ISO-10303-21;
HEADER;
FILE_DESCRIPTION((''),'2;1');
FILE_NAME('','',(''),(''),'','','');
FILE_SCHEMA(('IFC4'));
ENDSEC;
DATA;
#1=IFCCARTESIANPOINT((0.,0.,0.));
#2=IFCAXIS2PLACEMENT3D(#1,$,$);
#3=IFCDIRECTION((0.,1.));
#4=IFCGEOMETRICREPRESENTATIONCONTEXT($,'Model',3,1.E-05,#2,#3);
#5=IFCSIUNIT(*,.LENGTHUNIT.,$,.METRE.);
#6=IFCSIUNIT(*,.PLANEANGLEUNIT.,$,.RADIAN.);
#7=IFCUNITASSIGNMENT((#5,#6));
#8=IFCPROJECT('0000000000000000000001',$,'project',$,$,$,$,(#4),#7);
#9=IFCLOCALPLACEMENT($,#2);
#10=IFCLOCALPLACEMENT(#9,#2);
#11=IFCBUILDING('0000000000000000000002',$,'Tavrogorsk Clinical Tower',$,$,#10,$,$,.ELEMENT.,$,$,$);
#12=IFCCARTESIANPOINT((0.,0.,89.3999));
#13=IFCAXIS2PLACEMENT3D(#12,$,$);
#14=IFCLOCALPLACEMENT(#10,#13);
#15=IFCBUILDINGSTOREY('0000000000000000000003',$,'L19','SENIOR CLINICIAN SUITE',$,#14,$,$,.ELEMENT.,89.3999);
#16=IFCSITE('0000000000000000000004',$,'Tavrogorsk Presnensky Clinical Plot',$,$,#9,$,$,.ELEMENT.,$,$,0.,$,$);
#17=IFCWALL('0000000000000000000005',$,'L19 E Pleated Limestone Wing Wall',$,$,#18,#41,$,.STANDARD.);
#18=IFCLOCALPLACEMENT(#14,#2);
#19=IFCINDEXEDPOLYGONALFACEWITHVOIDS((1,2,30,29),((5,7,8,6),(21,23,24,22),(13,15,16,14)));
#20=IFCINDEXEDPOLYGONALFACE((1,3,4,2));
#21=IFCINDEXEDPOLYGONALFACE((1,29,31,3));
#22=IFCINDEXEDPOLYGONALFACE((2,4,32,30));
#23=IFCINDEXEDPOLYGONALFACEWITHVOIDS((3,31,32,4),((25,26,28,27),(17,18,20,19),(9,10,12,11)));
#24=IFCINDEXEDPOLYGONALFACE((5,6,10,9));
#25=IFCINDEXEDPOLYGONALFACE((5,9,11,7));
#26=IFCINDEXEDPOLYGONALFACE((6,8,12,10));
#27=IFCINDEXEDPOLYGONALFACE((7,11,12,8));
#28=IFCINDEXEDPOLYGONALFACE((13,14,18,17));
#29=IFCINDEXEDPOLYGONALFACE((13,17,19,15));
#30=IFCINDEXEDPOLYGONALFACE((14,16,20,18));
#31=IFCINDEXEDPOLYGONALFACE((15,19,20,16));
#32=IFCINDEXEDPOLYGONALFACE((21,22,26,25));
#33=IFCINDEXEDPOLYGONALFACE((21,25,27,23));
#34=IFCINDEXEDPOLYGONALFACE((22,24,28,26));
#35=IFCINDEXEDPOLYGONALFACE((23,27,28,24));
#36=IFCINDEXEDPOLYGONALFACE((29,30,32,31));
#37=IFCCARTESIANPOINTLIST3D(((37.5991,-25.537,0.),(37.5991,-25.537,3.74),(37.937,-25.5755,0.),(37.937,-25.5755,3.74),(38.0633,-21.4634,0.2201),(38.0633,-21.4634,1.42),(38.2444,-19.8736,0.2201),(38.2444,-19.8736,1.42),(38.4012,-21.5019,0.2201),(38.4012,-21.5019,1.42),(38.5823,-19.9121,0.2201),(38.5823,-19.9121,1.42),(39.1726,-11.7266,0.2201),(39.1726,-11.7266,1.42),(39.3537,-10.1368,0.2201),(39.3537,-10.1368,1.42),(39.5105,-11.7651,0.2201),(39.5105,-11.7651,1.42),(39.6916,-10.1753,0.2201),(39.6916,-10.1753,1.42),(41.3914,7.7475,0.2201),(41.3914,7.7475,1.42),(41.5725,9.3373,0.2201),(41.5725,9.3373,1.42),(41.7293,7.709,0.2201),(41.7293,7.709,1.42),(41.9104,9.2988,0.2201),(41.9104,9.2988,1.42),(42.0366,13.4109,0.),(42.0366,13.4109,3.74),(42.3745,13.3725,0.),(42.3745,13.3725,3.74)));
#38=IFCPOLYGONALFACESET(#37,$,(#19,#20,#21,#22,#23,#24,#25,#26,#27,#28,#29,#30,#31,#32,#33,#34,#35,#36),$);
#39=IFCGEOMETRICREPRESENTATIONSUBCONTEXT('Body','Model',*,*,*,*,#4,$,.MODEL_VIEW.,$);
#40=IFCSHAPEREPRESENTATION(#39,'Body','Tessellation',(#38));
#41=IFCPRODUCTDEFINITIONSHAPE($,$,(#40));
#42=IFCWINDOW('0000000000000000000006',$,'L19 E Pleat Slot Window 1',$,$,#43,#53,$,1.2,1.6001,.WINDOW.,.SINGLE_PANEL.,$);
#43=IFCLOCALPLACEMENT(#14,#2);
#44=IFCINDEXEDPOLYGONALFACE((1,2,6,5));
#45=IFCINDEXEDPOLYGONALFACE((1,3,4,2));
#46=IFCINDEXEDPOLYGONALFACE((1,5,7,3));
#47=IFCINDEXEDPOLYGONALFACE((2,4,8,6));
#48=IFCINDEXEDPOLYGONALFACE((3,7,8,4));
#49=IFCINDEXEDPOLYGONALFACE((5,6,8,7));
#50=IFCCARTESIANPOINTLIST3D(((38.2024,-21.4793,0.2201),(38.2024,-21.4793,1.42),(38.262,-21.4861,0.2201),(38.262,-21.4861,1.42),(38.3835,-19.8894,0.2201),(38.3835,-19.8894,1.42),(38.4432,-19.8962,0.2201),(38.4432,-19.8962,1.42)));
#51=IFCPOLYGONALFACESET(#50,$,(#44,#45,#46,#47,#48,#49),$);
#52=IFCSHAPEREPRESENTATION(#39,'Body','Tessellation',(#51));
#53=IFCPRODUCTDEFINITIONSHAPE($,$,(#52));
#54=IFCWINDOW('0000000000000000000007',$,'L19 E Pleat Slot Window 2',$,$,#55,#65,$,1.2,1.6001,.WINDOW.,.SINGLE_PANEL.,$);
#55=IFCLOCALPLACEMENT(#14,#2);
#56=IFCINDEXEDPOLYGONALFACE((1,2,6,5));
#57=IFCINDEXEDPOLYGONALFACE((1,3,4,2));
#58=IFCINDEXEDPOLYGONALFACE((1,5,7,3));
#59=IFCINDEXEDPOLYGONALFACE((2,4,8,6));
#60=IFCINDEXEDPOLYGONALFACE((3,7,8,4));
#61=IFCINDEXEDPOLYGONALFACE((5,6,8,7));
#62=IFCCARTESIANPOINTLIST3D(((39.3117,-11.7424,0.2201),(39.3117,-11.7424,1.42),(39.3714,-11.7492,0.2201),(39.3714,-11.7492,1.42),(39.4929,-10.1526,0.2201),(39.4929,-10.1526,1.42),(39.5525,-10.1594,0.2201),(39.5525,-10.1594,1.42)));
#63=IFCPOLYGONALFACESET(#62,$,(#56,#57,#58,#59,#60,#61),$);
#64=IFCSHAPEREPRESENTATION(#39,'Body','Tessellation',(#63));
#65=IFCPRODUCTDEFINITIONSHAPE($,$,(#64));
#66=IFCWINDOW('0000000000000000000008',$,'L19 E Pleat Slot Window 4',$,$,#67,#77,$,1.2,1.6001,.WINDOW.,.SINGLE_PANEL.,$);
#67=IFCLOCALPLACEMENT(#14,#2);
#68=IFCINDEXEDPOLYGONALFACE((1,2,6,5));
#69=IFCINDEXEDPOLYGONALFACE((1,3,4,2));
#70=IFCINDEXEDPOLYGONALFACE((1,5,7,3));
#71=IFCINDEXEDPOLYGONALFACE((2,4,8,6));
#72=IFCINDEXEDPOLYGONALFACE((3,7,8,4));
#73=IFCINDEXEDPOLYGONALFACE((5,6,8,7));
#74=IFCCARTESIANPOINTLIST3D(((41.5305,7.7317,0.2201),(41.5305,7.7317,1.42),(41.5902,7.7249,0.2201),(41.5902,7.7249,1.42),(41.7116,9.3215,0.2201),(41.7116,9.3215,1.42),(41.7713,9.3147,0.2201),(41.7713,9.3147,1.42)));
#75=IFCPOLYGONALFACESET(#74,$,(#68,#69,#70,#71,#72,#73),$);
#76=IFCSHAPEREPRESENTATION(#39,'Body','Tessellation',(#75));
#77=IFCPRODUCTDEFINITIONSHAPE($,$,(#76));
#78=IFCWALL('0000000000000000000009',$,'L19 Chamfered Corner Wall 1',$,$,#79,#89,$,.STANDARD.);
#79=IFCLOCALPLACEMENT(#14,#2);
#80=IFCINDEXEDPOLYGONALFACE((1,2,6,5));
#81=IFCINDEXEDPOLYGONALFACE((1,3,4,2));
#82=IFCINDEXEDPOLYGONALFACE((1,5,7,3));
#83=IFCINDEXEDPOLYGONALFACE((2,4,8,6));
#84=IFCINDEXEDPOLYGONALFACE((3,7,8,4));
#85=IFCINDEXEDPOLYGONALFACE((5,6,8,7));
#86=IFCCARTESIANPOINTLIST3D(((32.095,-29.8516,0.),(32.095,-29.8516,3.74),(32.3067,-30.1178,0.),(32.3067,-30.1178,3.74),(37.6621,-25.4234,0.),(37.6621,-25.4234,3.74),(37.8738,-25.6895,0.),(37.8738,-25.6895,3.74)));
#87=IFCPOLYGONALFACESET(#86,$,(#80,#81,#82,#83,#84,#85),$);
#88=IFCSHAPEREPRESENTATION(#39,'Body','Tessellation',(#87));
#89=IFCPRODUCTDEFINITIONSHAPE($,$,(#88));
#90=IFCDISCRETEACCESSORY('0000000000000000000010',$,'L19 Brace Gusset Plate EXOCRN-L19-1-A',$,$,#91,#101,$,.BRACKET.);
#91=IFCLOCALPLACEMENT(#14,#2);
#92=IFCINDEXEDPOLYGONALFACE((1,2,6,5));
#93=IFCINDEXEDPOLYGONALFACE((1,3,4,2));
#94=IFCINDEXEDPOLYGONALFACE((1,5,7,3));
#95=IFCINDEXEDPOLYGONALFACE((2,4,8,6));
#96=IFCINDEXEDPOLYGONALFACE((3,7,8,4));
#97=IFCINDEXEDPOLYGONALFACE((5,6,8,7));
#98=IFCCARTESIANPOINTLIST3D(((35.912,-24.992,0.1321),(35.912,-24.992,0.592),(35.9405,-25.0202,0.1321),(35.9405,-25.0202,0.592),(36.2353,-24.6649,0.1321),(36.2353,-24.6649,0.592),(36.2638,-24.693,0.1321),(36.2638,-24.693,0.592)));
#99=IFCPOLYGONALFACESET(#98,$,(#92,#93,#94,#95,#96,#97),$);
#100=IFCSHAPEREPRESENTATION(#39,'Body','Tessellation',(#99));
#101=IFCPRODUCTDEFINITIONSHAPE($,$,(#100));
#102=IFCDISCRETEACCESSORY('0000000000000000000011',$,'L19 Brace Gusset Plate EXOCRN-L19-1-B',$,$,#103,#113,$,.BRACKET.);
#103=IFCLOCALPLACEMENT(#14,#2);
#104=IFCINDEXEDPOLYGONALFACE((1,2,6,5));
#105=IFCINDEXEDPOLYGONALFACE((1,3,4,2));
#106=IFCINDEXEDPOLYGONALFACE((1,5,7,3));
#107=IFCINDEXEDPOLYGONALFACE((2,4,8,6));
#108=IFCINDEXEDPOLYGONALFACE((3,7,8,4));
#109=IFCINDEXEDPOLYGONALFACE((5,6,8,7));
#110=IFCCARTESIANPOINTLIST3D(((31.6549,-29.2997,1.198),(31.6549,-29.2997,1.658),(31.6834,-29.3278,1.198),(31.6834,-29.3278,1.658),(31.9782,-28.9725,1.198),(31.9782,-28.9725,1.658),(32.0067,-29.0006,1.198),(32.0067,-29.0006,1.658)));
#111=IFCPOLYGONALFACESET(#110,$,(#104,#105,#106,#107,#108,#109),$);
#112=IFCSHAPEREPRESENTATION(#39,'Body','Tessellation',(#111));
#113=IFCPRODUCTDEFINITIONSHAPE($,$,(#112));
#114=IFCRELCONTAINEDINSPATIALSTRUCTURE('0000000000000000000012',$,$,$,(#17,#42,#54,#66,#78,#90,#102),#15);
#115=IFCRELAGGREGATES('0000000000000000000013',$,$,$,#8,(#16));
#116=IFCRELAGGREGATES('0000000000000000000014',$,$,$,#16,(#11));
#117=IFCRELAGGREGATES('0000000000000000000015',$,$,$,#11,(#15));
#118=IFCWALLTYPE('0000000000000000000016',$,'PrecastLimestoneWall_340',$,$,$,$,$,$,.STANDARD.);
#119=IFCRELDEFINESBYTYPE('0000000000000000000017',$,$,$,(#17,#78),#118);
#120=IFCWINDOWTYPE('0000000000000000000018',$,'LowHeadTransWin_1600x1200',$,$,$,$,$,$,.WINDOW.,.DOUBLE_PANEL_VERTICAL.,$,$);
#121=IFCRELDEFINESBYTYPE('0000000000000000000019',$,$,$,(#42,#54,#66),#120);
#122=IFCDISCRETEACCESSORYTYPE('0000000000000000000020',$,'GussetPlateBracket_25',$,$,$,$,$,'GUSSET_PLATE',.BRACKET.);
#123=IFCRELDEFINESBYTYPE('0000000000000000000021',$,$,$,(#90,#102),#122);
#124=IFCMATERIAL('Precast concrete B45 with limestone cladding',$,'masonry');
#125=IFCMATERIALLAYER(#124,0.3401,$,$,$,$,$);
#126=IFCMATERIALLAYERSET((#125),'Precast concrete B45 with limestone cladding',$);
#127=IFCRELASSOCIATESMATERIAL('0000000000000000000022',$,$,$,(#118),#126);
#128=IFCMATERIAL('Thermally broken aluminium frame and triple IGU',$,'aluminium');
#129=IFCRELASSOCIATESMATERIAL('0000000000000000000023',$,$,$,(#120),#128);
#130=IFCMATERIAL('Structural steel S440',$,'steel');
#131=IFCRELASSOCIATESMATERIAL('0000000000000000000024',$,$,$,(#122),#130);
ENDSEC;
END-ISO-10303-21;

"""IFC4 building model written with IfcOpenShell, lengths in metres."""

from ifc_helpers import new_model, si_unit, direction, frame, frame_2d, origin, origin_2d, place, context, subcontext, project, spatial, rectangle, extrude, material, layer, layer_set, type_object, element, fill, save


model = new_model("IFC4")

# Units and contexts
model_context = context("Model", 3, precision=1e-05, world=origin(), true_north=direction((0.0, 1.0)))
body_context = subcontext(model_context, "Body", "Model", "MODEL_VIEW")
ifc_project = project(units=[si_unit("LENGTHUNIT", "METRE"), si_unit("PLANEANGLEUNIT", "RADIAN")], contexts=[model_context])

# Site, building, storey
site_placement = place(None, origin())
site = spatial("IfcSite", under=ifc_project, at=site_placement, Name="Tavrogorsk Presnensky Clinical Plot", CompositionType="ELEMENT", RefElevation=0.0)
building_placement = place(site_placement, origin())
building = spatial("IfcBuilding", under=site, at=building_placement, Name="Tavrogorsk Clinical Tower", CompositionType="ELEMENT")
storey_placement = place(building_placement, frame((0.0, 0.0, 89.3999)))
storey = spatial("IfcBuildingStorey", under=building, at=storey_placement, Name="L19", Description="SENIOR CLINICIAN SUITE", CompositionType="ELEMENT", Elevation=89.3999)

# Wall, openings, windows
ifc_material_1 = material(Name="Precast concrete B45 with limestone cladding", Category="masonry")
ifc_layer_1 = layer(ifc_material_1, 0.3401)
ifc_layer_set_1 = layer_set([ifc_layer_1], Name="Precast concrete B45 with limestone cladding")
wall_type_1 = type_object("IfcWallType", Name="PrecastLimestoneWall_340", PredefinedType="STANDARD", material=ifc_layer_set_1)
wall_1_placement = place(storey_placement, frame((37.7681, -25.5564, 0.0), z_axis=(0.0, 0.0, 1.0), x_axis=(0.113202, 0.993572, 0.0)))
wall_1 = element("IfcWall", 1, at=wall_1_placement, inside=storey, type_object=wall_type_1, Name="L19 E Pleated Limestone Wing Wall", PredefinedType="STANDARD", context=body_context, shape_type="SweptSolid", body=[
    extrude(rectangle(XDim=39.2, YDim=0.3401, at=frame_2d((19.6001, 0.0))), origin(), (0.0, 0.0, 1.0), 3.74),
])
opening_1_placement = place(wall_1_placement, frame((4.1001, 0.0, 0.22)))
opening_1 = element("IfcOpeningElement", 2, at=opening_1_placement, cuts=wall_1, PredefinedType="OPENING", context=body_context, shape_type="SweptSolid", body=[
    extrude(rectangle(XDim=1.6001, YDim=1.2, at=frame_2d((0.8, 0.6001))), frame((0.0, 0.1799, 0.0), z_axis=(0.0, -1.0, 0.0), x_axis=(1.0, 0.0, 0.0)), (0.0, 0.0, 1.0), 0.3601),
])
opening_2_placement = place(wall_1_placement, frame((13.8999, 0.0, 0.22)))
opening_2 = element("IfcOpeningElement", 3, at=opening_2_placement, cuts=wall_1, PredefinedType="OPENING", context=body_context, shape_type="SweptSolid", body=[
    extrude(rectangle(XDim=1.6001, YDim=1.2, at=frame_2d((0.8, 0.6001))), frame((0.0, 0.1799, 0.0), z_axis=(0.0, -1.0, 0.0), x_axis=(1.0, 0.0, 0.0)), (0.0, 0.0, 1.0), 0.3601),
])
opening_3_placement = place(wall_1_placement, frame((33.5, 0.0, 0.22)))
opening_3 = element("IfcOpeningElement", 4, at=opening_3_placement, cuts=wall_1, PredefinedType="OPENING", context=body_context, shape_type="SweptSolid", body=[
    extrude(rectangle(XDim=1.6001, YDim=1.2, at=frame_2d((0.8, 0.6001))), frame((0.0, 0.1799, 0.0), z_axis=(0.0, -1.0, 0.0), x_axis=(1.0, 0.0, 0.0)), (0.0, 0.0, 1.0), 0.3601),
])
ifc_material_2 = material(Name="Thermally broken aluminium frame and triple IGU", Category="aluminium")
window_type = type_object("IfcWindowType", Name="LowHeadTransWin_1600x1200", PartitioningType="DOUBLE_PANEL_VERTICAL", PredefinedType="WINDOW", material=ifc_material_2)
window_1_placement = place(opening_1_placement, origin())
window_1 = element("IfcWindow", 5, at=window_1_placement, inside=storey, type_object=window_type, Name="L19 E Pleat Slot Window 1", OverallHeight=1.2, OverallWidth=1.6001, PartitioningType="SINGLE_PANEL", PredefinedType="WINDOW", context=body_context, shape_type="SweptSolid", body=[
    extrude(rectangle(XDim=1.6001, YDim=1.2, at=frame_2d((0.8, 0.6001))), frame((0.0, 0.03, 0.0), z_axis=(0.0, -1.0, 0.0), x_axis=(1.0, 0.0, 0.0)), (0.0, 0.0, 1.0), 0.0601),
])
fill(opening_1, window_1)
window_2_placement = place(opening_2_placement, origin())
window_2 = element("IfcWindow", 6, at=window_2_placement, inside=storey, type_object=window_type, Name="L19 E Pleat Slot Window 2", OverallHeight=1.2, OverallWidth=1.6001, PartitioningType="SINGLE_PANEL", PredefinedType="WINDOW", context=body_context, shape_type="SweptSolid", body=[
    extrude(rectangle(XDim=1.6001, YDim=1.2, at=frame_2d((0.8, 0.6001))), frame((0.0, 0.03, 0.0), z_axis=(0.0, -1.0, 0.0), x_axis=(1.0, 0.0, 0.0)), (0.0, 0.0, 1.0), 0.0601),
])
fill(opening_2, window_2)
window_3_placement = place(opening_3_placement, origin())
window_3 = element("IfcWindow", 7, at=window_3_placement, inside=storey, type_object=window_type, Name="L19 E Pleat Slot Window 4", OverallHeight=1.2, OverallWidth=1.6001, PartitioningType="SINGLE_PANEL", PredefinedType="WINDOW", context=body_context, shape_type="SweptSolid", body=[
    extrude(rectangle(XDim=1.6001, YDim=1.2, at=frame_2d((0.8, 0.6001))), frame((0.0, 0.03, 0.0), z_axis=(0.0, -1.0, 0.0), x_axis=(1.0, 0.0, 0.0)), (0.0, 0.0, 1.0), 0.0601),
])
fill(opening_3, window_3)

# Wall
wall_2_placement = place(storey_placement, frame((32.2009, -29.9846, 0.0), z_axis=(0.0, 0.0, 1.0), x_axis=(0.782614, 0.622508, 0.0)))
element("IfcWall", 8, at=wall_2_placement, inside=storey, type_object=wall_type_1, Name="L19 Chamfered Corner Wall 1", PredefinedType="STANDARD", context=body_context, shape_type="SweptSolid", body=[
    extrude(rectangle(XDim=7.1135, YDim=0.3401, at=frame_2d((3.5566, 0.0))), origin(), (0.0, 0.0, 1.0), 3.74),
])

# Discrete accessories
ifc_material_3 = material(Name="Structural steel S440", Category="steel")
discrete_accessory_type = type_object("IfcDiscreteAccessoryType", Name="GussetPlateBracket_25", ElementType="GUSSET_PLATE", PredefinedType="BRACKET", material=ifc_material_3)
for number, where, z_axis, x_axis, name in (
    (9, (36.0879, -24.8425, 0.1321), (0.0, 0.0, 1.0), (-0.702898, -0.71129, 0.0), "L19 Brace Gusset Plate EXOCRN-L19-1-A"),
    (10, (31.8308, -29.1501, 1.198), (0.0, 0.0, 1.0), (-0.702898, -0.71129, 0.0), "L19 Brace Gusset Plate EXOCRN-L19-1-B"),
):
    element("IfcDiscreteAccessory", number, at=place(storey_placement, frame(where, z_axis=z_axis, x_axis=x_axis)), inside=storey, type_object=discrete_accessory_type, Name=name, PredefinedType="BRACKET", context=body_context, shape_type="SweptSolid", body=[
        extrude(rectangle(XDim=0.46, YDim=0.04, at=origin_2d()), origin(), (0.0, 0.0, 1.0), 0.46),
    ])

save(model, "model.ifc")
